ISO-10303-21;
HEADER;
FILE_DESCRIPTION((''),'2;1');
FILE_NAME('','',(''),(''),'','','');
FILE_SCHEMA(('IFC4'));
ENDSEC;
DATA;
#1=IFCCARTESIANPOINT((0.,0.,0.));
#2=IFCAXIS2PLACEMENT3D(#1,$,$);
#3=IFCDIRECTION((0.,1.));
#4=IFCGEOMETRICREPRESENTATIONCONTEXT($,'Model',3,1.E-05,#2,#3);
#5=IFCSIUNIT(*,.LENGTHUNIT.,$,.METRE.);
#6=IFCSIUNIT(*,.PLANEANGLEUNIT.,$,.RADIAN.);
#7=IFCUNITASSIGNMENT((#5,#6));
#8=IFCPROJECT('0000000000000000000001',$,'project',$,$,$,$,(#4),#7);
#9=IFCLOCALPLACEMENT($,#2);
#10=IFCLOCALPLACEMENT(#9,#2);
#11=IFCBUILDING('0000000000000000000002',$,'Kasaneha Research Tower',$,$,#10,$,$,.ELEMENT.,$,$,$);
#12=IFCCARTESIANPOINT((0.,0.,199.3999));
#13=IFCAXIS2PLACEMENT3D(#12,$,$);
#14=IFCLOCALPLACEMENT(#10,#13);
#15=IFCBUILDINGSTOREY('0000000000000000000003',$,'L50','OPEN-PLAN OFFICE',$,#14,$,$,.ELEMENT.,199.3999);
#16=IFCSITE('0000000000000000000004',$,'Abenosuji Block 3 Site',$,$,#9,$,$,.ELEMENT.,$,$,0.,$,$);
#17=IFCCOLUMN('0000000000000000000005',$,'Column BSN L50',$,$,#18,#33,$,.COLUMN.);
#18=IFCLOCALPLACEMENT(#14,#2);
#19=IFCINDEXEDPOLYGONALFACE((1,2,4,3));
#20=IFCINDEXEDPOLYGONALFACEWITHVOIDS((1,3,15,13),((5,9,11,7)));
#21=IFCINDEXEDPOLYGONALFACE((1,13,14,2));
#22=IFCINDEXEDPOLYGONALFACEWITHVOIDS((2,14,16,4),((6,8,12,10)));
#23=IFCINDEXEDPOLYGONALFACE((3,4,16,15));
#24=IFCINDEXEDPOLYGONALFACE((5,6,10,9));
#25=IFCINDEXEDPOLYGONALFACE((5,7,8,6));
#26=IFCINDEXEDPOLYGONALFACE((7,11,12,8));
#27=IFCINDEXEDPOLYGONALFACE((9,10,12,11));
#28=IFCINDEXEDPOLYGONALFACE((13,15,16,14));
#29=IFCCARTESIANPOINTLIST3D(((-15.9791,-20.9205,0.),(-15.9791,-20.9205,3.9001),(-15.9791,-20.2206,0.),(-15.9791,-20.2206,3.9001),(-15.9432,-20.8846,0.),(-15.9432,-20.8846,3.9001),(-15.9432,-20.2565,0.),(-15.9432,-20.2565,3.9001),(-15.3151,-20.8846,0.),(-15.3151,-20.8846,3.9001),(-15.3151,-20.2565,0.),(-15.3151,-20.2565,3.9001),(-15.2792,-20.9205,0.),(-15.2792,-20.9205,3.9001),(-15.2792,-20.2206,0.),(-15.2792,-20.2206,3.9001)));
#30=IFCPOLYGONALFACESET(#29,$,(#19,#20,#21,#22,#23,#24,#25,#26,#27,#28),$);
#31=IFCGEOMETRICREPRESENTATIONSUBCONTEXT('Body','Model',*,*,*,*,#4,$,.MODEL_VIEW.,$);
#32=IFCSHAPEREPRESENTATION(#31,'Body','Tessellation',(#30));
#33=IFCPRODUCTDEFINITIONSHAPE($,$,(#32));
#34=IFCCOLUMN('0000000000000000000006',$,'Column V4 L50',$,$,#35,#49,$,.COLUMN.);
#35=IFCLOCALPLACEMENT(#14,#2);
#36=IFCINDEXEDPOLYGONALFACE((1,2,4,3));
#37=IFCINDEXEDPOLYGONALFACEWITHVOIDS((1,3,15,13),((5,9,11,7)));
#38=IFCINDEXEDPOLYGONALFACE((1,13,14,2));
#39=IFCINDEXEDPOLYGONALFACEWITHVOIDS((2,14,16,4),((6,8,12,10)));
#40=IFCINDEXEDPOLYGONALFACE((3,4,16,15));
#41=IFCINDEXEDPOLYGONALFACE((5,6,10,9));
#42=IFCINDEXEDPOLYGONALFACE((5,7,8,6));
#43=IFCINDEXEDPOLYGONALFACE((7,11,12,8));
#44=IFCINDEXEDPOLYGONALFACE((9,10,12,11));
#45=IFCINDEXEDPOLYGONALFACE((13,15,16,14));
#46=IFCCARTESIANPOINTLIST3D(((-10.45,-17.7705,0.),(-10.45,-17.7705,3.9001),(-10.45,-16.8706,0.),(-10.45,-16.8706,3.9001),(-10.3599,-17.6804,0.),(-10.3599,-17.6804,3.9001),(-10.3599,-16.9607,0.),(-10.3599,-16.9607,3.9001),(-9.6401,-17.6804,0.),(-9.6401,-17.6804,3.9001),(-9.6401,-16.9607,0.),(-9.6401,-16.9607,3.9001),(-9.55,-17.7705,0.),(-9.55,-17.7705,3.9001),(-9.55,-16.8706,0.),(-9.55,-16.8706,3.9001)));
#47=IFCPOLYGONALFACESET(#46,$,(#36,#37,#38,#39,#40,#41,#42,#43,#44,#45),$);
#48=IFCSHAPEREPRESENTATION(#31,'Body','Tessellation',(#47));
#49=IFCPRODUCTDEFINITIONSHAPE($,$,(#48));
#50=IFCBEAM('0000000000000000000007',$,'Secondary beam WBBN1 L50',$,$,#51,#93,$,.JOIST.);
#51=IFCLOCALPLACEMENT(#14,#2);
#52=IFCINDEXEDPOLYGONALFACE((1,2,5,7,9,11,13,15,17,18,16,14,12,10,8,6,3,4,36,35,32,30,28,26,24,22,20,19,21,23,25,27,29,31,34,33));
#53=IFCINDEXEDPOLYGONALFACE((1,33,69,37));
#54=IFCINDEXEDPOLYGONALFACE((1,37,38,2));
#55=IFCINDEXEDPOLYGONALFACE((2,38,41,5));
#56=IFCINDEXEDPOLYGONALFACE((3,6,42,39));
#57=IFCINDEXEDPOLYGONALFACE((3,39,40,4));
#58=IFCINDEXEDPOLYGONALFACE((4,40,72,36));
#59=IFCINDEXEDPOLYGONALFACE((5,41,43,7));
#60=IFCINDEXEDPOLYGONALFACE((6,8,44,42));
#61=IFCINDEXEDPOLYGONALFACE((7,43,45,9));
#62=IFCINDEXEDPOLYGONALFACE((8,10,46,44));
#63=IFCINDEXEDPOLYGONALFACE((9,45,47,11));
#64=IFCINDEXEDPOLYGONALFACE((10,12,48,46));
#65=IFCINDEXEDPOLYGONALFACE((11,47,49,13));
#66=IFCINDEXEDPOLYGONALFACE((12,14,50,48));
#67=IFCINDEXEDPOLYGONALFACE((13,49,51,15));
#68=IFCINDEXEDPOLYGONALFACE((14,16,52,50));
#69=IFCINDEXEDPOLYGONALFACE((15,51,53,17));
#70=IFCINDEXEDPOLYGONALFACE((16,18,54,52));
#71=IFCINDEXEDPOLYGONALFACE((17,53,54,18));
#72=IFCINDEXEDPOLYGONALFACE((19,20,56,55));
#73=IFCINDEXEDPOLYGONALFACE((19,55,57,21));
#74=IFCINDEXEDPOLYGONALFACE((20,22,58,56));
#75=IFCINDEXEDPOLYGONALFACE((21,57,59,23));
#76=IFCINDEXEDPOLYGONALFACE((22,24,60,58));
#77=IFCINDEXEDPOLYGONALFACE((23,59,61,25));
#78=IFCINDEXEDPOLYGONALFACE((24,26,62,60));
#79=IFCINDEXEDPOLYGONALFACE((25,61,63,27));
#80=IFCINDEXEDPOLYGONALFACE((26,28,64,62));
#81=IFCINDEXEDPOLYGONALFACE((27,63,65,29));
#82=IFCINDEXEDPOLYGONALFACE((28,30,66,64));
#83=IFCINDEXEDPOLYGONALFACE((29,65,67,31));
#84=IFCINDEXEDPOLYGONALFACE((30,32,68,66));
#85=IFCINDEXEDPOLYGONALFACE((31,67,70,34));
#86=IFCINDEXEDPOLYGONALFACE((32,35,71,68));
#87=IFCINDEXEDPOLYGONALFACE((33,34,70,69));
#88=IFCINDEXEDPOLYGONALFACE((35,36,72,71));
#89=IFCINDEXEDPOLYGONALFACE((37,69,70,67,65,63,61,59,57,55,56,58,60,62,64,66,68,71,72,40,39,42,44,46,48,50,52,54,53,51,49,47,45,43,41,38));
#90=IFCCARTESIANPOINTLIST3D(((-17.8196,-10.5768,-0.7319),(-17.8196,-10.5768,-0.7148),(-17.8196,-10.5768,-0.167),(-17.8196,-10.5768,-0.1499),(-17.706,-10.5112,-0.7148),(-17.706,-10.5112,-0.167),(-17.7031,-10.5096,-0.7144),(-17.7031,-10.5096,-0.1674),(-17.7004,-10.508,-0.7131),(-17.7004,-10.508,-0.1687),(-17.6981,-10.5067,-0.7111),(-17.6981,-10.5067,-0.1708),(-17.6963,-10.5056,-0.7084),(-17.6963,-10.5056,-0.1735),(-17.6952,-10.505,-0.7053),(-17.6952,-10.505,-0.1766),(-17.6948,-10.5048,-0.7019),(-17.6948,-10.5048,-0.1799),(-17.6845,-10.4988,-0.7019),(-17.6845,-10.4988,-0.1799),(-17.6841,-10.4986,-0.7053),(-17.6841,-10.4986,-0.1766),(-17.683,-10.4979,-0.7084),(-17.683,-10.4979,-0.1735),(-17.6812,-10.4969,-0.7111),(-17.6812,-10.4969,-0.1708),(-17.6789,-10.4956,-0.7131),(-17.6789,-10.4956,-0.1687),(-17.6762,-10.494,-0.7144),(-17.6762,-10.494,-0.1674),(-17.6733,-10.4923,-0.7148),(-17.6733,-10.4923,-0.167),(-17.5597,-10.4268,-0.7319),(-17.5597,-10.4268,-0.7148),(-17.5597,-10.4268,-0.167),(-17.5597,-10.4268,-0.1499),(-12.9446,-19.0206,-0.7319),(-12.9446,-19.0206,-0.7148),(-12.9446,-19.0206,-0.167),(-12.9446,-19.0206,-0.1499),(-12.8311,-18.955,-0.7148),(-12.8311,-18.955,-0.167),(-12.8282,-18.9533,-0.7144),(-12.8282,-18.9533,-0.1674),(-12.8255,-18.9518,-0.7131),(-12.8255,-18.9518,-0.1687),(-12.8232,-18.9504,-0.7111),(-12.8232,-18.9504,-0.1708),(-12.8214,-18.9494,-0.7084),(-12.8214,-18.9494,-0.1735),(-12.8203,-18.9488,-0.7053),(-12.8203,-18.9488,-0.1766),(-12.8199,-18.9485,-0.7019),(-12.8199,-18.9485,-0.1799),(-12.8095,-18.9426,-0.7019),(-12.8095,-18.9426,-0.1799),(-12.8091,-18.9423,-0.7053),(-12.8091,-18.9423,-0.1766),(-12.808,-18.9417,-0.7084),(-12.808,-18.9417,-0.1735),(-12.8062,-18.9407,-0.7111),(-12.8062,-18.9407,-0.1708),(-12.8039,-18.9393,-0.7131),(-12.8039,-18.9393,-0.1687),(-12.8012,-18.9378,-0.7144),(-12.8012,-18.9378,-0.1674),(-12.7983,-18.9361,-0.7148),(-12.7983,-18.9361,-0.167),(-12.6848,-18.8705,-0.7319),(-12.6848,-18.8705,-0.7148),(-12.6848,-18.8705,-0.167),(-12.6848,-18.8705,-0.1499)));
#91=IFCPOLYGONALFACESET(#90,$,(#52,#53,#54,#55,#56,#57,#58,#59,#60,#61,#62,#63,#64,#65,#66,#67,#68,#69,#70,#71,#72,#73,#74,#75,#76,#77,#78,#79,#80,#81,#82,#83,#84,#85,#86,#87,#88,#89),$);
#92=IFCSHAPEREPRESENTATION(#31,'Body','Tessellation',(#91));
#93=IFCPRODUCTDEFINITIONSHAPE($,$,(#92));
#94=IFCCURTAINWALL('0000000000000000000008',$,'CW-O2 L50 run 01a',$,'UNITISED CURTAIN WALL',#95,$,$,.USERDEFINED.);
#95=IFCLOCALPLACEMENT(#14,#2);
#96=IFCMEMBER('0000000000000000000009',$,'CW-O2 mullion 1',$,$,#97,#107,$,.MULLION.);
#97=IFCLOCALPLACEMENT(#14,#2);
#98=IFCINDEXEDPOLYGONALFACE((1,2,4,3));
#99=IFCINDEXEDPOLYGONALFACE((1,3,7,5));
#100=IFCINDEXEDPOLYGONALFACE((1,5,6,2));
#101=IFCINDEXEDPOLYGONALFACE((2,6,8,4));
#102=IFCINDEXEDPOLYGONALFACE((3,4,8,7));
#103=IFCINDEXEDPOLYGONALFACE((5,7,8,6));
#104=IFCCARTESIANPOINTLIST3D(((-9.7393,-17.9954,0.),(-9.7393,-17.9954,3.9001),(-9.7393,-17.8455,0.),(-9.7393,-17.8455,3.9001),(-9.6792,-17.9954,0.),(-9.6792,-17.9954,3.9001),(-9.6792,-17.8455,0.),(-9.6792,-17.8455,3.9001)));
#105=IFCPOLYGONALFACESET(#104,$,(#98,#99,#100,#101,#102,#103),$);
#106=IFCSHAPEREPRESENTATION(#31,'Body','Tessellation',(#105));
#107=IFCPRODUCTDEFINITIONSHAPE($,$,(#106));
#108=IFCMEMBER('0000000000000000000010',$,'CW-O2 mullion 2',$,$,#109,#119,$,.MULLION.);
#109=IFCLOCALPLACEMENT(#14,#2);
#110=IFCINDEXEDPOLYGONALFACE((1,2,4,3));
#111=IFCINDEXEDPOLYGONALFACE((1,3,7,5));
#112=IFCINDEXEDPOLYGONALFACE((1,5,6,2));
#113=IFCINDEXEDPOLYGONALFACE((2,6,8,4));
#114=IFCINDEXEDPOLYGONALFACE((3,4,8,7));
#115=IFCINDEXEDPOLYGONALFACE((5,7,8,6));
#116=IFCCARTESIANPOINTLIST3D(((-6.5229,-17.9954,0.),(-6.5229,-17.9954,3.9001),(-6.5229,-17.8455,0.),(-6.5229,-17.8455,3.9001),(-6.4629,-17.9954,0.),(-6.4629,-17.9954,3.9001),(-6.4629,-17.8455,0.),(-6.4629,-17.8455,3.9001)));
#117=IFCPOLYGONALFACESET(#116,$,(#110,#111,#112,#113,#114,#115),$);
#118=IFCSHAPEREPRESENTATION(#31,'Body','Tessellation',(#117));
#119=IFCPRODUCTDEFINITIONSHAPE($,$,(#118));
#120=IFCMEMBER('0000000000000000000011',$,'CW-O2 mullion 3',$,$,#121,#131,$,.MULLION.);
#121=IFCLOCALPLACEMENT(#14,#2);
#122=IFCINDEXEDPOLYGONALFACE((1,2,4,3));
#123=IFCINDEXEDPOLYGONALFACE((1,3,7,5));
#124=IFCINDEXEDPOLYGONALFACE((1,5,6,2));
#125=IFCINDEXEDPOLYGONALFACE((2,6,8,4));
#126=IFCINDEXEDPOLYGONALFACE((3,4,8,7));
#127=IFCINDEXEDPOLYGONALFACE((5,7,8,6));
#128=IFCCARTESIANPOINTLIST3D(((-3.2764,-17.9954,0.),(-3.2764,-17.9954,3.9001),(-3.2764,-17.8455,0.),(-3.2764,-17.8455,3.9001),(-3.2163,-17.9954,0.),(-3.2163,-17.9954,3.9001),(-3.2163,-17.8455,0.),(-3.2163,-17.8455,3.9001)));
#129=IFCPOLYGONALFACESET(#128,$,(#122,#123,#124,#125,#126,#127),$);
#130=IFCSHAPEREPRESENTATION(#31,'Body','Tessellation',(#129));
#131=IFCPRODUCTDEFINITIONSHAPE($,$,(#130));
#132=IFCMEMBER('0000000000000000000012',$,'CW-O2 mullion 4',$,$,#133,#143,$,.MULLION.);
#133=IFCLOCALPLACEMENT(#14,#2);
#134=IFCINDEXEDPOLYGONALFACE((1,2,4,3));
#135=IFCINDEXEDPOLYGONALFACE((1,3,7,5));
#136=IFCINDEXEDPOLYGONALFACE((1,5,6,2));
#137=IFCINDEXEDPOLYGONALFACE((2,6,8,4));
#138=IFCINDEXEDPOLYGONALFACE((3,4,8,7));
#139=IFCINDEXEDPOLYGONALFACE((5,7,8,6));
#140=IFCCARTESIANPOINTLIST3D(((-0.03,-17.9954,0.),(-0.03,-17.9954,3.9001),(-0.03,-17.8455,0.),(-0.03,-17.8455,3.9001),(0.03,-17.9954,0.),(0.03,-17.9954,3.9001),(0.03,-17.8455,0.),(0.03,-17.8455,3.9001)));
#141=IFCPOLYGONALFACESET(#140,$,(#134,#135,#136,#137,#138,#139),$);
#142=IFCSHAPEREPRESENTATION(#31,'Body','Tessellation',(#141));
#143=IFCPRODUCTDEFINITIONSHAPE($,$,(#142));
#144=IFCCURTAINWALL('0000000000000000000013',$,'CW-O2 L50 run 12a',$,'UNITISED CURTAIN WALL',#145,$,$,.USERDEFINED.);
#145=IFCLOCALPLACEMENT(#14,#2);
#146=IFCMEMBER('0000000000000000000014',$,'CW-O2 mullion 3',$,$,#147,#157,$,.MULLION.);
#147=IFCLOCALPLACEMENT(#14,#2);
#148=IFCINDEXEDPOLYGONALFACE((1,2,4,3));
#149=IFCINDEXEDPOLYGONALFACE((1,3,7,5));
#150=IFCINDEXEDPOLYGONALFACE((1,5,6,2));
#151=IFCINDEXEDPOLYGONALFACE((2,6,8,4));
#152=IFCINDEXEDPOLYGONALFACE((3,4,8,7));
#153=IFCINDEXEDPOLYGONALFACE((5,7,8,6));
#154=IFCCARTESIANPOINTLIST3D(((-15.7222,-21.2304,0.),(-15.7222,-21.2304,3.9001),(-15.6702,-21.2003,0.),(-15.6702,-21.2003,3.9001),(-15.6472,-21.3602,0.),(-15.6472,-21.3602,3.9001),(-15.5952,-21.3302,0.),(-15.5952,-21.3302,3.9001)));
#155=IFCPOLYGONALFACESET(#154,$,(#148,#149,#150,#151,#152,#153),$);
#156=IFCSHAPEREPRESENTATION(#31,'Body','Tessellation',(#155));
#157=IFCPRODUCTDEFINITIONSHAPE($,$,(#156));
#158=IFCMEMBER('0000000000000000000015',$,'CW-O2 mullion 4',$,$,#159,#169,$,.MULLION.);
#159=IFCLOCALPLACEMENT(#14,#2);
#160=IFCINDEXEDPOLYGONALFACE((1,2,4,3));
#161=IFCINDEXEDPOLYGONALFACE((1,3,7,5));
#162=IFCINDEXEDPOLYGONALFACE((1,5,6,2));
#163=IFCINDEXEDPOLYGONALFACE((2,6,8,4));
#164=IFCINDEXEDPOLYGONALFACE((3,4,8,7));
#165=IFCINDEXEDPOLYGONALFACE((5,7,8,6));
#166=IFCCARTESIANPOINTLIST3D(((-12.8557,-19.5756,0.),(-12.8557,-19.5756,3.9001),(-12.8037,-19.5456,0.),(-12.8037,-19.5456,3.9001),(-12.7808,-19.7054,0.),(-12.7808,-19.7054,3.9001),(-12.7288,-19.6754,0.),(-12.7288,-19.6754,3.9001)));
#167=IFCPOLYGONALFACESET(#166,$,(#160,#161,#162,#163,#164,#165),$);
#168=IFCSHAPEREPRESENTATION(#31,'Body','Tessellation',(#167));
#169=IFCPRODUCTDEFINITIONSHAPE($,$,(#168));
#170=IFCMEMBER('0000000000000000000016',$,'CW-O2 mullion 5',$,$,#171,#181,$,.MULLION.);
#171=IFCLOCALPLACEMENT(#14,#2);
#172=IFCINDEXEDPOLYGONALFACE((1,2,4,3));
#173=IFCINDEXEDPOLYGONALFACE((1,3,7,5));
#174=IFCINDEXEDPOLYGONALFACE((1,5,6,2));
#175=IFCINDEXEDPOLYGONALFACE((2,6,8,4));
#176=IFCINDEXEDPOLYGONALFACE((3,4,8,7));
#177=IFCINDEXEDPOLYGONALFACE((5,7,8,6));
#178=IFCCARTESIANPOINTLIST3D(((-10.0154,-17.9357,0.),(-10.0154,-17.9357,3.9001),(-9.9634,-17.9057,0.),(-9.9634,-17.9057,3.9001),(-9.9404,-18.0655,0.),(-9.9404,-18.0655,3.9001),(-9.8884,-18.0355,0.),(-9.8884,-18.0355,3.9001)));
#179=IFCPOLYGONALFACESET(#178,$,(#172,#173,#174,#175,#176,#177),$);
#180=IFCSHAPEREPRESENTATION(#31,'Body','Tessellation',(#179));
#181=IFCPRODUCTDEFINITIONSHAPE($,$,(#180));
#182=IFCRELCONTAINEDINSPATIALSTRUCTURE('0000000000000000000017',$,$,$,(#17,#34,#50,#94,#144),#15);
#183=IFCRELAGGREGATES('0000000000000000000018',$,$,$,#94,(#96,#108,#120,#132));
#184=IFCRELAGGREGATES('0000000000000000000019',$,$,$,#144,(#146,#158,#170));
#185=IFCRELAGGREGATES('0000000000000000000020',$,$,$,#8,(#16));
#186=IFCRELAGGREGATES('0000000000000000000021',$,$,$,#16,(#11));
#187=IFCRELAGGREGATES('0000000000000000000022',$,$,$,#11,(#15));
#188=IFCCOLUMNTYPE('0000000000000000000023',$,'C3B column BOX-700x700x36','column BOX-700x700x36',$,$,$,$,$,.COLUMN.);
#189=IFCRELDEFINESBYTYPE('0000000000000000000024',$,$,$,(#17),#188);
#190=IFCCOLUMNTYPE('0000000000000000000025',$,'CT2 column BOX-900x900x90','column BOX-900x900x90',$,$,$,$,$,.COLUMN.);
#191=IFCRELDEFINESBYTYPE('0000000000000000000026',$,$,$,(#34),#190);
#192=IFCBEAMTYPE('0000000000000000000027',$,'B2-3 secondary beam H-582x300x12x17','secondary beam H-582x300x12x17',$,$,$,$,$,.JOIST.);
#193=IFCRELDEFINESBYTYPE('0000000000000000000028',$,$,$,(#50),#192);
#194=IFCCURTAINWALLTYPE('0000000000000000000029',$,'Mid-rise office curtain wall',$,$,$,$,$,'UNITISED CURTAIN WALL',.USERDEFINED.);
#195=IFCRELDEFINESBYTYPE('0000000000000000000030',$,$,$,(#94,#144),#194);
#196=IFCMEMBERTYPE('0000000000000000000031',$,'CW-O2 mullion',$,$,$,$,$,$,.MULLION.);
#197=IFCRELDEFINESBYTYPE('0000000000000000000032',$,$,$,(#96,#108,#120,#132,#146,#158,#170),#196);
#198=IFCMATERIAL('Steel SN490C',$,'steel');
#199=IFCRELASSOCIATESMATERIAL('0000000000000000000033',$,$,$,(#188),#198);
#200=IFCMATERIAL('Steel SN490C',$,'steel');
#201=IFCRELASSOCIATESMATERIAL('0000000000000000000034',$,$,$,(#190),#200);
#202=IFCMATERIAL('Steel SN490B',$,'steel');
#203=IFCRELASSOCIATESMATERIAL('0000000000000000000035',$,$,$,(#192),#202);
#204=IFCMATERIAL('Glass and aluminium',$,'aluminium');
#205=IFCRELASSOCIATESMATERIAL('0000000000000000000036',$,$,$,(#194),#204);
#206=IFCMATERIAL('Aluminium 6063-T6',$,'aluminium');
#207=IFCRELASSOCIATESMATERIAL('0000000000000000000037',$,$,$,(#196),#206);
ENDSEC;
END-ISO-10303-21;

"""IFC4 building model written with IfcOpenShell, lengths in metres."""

from ifc_helpers import new_model, si_unit, direction, frame, origin, origin_2d, place, context, subcontext, project, spatial, rectangle, hollow_rectangle, i_section, extrude, material, material_profile, profile_set, type_object, element, aggregate, save


model = new_model("IFC4")

# Units and contexts
model_context = context("Model", 3, precision=1e-05, world=origin(), true_north=direction((0.0, 1.0)))
body_context = subcontext(model_context, "Body", "Model", "MODEL_VIEW")
ifc_project = project(units=[si_unit("LENGTHUNIT", "METRE"), si_unit("PLANEANGLEUNIT", "RADIAN")], contexts=[model_context])

# Site, building, storey
site_placement = place(None, origin())
site = spatial("IfcSite", under=ifc_project, at=site_placement, Name="Abenosuji Block 3 Site", CompositionType="ELEMENT", RefElevation=0.0)
building_placement = place(site_placement, origin())
building = spatial("IfcBuilding", under=site, at=building_placement, Name="Kasaneha Research Tower", CompositionType="ELEMENT")
storey_placement = place(building_placement, frame((0.0, 0.0, 199.3999)))
storey = spatial("IfcBuildingStorey", under=building, at=storey_placement, Name="L50", Description="OPEN-PLAN OFFICE", CompositionType="ELEMENT", Elevation=199.3999)

# Columns
ifc_material_1 = material(Name="Steel SN490C", Category="steel")
ifc_material_profile_1 = material_profile(ifc_material_1, hollow_rectangle(XDim=0.7, YDim=0.7, WallThickness=0.0359, at=origin_2d()), Name="BOX-700x700x36")
ifc_profile_set_1 = profile_set([ifc_material_profile_1], Name="Steel SN490C")
column_type_1 = type_object("IfcColumnType", Name="C3B column BOX-700x700x36", Description="column BOX-700x700x36", PredefinedType="COLUMN", material=ifc_profile_set_1)
column_1_placement = place(storey_placement, frame((-15.6292, -20.5706, 0.0), z_axis=(0.0, 0.0, 1.0), x_axis=(1.0, 0.0, 0.0)))
element("IfcColumn", 1, at=column_1_placement, inside=storey, type_object=column_type_1, Name="Column BSN L50", PredefinedType="COLUMN", context=body_context, shape_type="SweptSolid", body=[
    extrude(hollow_rectangle(XDim=0.7, YDim=0.7, WallThickness=0.0359, at=origin_2d()), origin(), (0.0, 0.0, 1.0), 3.9001),
])
ifc_material_2 = material(Name="Steel SN490C", Category="steel")
ifc_material_profile_2 = material_profile(ifc_material_2, hollow_rectangle(XDim=0.8999, YDim=0.8999, WallThickness=0.0901, at=origin_2d()), Name="BOX-900x900x90")
ifc_profile_set_2 = profile_set([ifc_material_profile_2], Name="Steel SN490C")
column_type_2 = type_object("IfcColumnType", Name="CT2 column BOX-900x900x90", Description="column BOX-900x900x90", PredefinedType="COLUMN", material=ifc_profile_set_2)
column_2_placement = place(storey_placement, frame((-10.0, -17.3206, 0.0), z_axis=(0.0, 0.0, 1.0), x_axis=(1.0, 0.0, 0.0)))
element("IfcColumn", 2, at=column_2_placement, inside=storey, type_object=column_type_2, Name="Column V4 L50", PredefinedType="COLUMN", context=body_context, shape_type="SweptSolid", body=[
    extrude(hollow_rectangle(XDim=0.8999, YDim=0.8999, WallThickness=0.0901, at=origin_2d()), origin(), (0.0, 0.0, 1.0), 3.9001),
])

# Beam
ifc_material_3 = material(Name="Steel SN490B", Category="steel")
ifc_material_profile_3 = material_profile(ifc_material_3, i_section(OverallWidth=0.3, OverallDepth=0.582, WebThickness=0.012, FlangeThickness=0.0171, FilletRadius=0.0129, at=origin_2d()), Name="H-582x300x12x17")
ifc_profile_set_3 = profile_set([ifc_material_profile_3], Name="Steel SN490B")
beam_type_1 = type_object("IfcBeamType", Name="B2-3 secondary beam H-582x300x12x17", Description="secondary beam H-582x300x12x17", PredefinedType="JOIST", material=ifc_profile_set_3)
beam_1_placement = place(storey_placement, frame((-12.8147, -18.9456, -0.4409), z_axis=(-0.499996, 0.866028, 0.0), x_axis=(-0.866028, -0.499996, 0.0)))
element("IfcBeam", 3, at=beam_1_placement, inside=storey, type_object=beam_type_1, Name="Secondary beam WBBN1 L50", PredefinedType="JOIST", context=body_context, shape_type="SweptSolid", body=[
    extrude(i_section(OverallWidth=0.3, OverallDepth=0.582, WebThickness=0.012, FlangeThickness=0.0171, FilletRadius=0.0129, at=origin_2d()), origin(), (0.0, 0.0, 1.0), 9.75),
])

# Curtain walls, members
ifc_material_4 = material(Name="Glass and aluminium", Category="aluminium")
curtain_wall_type = type_object("IfcCurtainWallType", Name="Mid-rise office curtain wall", ElementType="UNITISED CURTAIN WALL", PredefinedType="USERDEFINED", material=ifc_material_4)
curtain_wall_1_placement = place(storey_placement, origin())
curtain_wall_1 = element("IfcCurtainWall", 4, at=curtain_wall_1_placement, inside=storey, type_object=curtain_wall_type, Name="CW-O2 L50 run 01a", ObjectType="UNITISED CURTAIN WALL", PredefinedType="USERDEFINED")
ifc_material_5 = material(Name="Aluminium 6063-T6", Category="aluminium")
ifc_material_profile_4 = material_profile(ifc_material_5, rectangle(XDim=0.0601, YDim=0.1499, at=origin_2d()), Name="CW-O2 mullion 60x150")
ifc_profile_set_4 = profile_set([ifc_material_profile_4], Name="Aluminium 6063-T6")
member_type_1 = type_object("IfcMemberType", Name="CW-O2 mullion", PredefinedType="MULLION", material=ifc_profile_set_4)
member_1_placement = place(storey_placement, frame((-9.7092, -17.9204, 0.0), z_axis=(0.0, 0.0, 1.0), x_axis=(1.0, 0.0, 0.0)))
member_1 = element("IfcMember", 5, at=member_1_placement, type_object=member_type_1, Name="CW-O2 mullion 1", PredefinedType="MULLION", context=body_context, shape_type="SweptSolid", body=[
    extrude(rectangle(XDim=0.0601, YDim=0.1499, at=origin_2d()), origin(), (0.0, 0.0, 1.0), 3.9001),
])
member_2_placement = place(storey_placement, frame((-6.4929, -17.9204, 0.0), z_axis=(0.0, 0.0, 1.0), x_axis=(1.0, 0.0, 0.0)))
member_2 = element("IfcMember", 6, at=member_2_placement, type_object=member_type_1, Name="CW-O2 mullion 2", PredefinedType="MULLION", context=body_context, shape_type="SweptSolid", body=[
    extrude(rectangle(XDim=0.0601, YDim=0.1499, at=origin_2d()), origin(), (0.0, 0.0, 1.0), 3.9001),
])
member_3_placement = place(storey_placement, frame((-3.2463, -17.9204, 0.0), z_axis=(0.0, 0.0, 1.0), x_axis=(1.0, 0.0, 0.0)))
member_3 = element("IfcMember", 7, at=member_3_placement, type_object=member_type_1, Name="CW-O2 mullion 3", PredefinedType="MULLION", context=body_context, shape_type="SweptSolid", body=[
    extrude(rectangle(XDim=0.0601, YDim=0.1499, at=origin_2d()), origin(), (0.0, 0.0, 1.0), 3.9001),
])
member_4_placement = place(storey_placement, frame((0.0, -17.9204, 0.0), z_axis=(0.0, 0.0, 1.0), x_axis=(1.0, 0.0, 0.0)))
member_4 = element("IfcMember", 8, at=member_4_placement, type_object=member_type_1, Name="CW-O2 mullion 4", PredefinedType="MULLION", context=body_context, shape_type="SweptSolid", body=[
    extrude(rectangle(XDim=0.0601, YDim=0.1499, at=origin_2d()), origin(), (0.0, 0.0, 1.0), 3.9001),
])
curtain_wall_2_placement = place(storey_placement, origin())
curtain_wall_2 = element("IfcCurtainWall", 9, at=curtain_wall_2_placement, inside=storey, type_object=curtain_wall_type, Name="CW-O2 L50 run 12a", ObjectType="UNITISED CURTAIN WALL", PredefinedType="USERDEFINED")
member_5_placement = place(storey_placement, frame((-15.6587, -21.2803, 0.0), z_axis=(0.0, 0.0, 1.0), x_axis=(0.866025, 0.5, 0.0)))
member_5 = element("IfcMember", 10, at=member_5_placement, type_object=member_type_1, Name="CW-O2 mullion 3", PredefinedType="MULLION", context=body_context, shape_type="SweptSolid", body=[
    extrude(rectangle(XDim=0.0601, YDim=0.1499, at=origin_2d()), origin(), (0.0, 0.0, 1.0), 3.9001),
])
member_6_placement = place(storey_placement, frame((-12.7922, -19.6255, 0.0), z_axis=(0.0, 0.0, 1.0), x_axis=(0.866025, 0.5, 0.0)))
member_6 = element("IfcMember", 11, at=member_6_placement, type_object=member_type_1, Name="CW-O2 mullion 4", PredefinedType="MULLION", context=body_context, shape_type="SweptSolid", body=[
    extrude(rectangle(XDim=0.0601, YDim=0.1499, at=origin_2d()), origin(), (0.0, 0.0, 1.0), 3.9001),
])
member_7_placement = place(storey_placement, frame((-9.9519, -17.9856, 0.0), z_axis=(0.0, 0.0, 1.0), x_axis=(0.866025, 0.5, 0.0)))
member_7 = element("IfcMember", 12, at=member_7_placement, type_object=member_type_1, Name="CW-O2 mullion 5", PredefinedType="MULLION", context=body_context, shape_type="SweptSolid", body=[
    extrude(rectangle(XDim=0.0601, YDim=0.1499, at=origin_2d()), origin(), (0.0, 0.0, 1.0), 3.9001),
])

aggregate(curtain_wall_1, [member_1, member_2, member_3, member_4])
aggregate(curtain_wall_2, [member_5, member_6, member_7])

save(model, "model.ifc")
